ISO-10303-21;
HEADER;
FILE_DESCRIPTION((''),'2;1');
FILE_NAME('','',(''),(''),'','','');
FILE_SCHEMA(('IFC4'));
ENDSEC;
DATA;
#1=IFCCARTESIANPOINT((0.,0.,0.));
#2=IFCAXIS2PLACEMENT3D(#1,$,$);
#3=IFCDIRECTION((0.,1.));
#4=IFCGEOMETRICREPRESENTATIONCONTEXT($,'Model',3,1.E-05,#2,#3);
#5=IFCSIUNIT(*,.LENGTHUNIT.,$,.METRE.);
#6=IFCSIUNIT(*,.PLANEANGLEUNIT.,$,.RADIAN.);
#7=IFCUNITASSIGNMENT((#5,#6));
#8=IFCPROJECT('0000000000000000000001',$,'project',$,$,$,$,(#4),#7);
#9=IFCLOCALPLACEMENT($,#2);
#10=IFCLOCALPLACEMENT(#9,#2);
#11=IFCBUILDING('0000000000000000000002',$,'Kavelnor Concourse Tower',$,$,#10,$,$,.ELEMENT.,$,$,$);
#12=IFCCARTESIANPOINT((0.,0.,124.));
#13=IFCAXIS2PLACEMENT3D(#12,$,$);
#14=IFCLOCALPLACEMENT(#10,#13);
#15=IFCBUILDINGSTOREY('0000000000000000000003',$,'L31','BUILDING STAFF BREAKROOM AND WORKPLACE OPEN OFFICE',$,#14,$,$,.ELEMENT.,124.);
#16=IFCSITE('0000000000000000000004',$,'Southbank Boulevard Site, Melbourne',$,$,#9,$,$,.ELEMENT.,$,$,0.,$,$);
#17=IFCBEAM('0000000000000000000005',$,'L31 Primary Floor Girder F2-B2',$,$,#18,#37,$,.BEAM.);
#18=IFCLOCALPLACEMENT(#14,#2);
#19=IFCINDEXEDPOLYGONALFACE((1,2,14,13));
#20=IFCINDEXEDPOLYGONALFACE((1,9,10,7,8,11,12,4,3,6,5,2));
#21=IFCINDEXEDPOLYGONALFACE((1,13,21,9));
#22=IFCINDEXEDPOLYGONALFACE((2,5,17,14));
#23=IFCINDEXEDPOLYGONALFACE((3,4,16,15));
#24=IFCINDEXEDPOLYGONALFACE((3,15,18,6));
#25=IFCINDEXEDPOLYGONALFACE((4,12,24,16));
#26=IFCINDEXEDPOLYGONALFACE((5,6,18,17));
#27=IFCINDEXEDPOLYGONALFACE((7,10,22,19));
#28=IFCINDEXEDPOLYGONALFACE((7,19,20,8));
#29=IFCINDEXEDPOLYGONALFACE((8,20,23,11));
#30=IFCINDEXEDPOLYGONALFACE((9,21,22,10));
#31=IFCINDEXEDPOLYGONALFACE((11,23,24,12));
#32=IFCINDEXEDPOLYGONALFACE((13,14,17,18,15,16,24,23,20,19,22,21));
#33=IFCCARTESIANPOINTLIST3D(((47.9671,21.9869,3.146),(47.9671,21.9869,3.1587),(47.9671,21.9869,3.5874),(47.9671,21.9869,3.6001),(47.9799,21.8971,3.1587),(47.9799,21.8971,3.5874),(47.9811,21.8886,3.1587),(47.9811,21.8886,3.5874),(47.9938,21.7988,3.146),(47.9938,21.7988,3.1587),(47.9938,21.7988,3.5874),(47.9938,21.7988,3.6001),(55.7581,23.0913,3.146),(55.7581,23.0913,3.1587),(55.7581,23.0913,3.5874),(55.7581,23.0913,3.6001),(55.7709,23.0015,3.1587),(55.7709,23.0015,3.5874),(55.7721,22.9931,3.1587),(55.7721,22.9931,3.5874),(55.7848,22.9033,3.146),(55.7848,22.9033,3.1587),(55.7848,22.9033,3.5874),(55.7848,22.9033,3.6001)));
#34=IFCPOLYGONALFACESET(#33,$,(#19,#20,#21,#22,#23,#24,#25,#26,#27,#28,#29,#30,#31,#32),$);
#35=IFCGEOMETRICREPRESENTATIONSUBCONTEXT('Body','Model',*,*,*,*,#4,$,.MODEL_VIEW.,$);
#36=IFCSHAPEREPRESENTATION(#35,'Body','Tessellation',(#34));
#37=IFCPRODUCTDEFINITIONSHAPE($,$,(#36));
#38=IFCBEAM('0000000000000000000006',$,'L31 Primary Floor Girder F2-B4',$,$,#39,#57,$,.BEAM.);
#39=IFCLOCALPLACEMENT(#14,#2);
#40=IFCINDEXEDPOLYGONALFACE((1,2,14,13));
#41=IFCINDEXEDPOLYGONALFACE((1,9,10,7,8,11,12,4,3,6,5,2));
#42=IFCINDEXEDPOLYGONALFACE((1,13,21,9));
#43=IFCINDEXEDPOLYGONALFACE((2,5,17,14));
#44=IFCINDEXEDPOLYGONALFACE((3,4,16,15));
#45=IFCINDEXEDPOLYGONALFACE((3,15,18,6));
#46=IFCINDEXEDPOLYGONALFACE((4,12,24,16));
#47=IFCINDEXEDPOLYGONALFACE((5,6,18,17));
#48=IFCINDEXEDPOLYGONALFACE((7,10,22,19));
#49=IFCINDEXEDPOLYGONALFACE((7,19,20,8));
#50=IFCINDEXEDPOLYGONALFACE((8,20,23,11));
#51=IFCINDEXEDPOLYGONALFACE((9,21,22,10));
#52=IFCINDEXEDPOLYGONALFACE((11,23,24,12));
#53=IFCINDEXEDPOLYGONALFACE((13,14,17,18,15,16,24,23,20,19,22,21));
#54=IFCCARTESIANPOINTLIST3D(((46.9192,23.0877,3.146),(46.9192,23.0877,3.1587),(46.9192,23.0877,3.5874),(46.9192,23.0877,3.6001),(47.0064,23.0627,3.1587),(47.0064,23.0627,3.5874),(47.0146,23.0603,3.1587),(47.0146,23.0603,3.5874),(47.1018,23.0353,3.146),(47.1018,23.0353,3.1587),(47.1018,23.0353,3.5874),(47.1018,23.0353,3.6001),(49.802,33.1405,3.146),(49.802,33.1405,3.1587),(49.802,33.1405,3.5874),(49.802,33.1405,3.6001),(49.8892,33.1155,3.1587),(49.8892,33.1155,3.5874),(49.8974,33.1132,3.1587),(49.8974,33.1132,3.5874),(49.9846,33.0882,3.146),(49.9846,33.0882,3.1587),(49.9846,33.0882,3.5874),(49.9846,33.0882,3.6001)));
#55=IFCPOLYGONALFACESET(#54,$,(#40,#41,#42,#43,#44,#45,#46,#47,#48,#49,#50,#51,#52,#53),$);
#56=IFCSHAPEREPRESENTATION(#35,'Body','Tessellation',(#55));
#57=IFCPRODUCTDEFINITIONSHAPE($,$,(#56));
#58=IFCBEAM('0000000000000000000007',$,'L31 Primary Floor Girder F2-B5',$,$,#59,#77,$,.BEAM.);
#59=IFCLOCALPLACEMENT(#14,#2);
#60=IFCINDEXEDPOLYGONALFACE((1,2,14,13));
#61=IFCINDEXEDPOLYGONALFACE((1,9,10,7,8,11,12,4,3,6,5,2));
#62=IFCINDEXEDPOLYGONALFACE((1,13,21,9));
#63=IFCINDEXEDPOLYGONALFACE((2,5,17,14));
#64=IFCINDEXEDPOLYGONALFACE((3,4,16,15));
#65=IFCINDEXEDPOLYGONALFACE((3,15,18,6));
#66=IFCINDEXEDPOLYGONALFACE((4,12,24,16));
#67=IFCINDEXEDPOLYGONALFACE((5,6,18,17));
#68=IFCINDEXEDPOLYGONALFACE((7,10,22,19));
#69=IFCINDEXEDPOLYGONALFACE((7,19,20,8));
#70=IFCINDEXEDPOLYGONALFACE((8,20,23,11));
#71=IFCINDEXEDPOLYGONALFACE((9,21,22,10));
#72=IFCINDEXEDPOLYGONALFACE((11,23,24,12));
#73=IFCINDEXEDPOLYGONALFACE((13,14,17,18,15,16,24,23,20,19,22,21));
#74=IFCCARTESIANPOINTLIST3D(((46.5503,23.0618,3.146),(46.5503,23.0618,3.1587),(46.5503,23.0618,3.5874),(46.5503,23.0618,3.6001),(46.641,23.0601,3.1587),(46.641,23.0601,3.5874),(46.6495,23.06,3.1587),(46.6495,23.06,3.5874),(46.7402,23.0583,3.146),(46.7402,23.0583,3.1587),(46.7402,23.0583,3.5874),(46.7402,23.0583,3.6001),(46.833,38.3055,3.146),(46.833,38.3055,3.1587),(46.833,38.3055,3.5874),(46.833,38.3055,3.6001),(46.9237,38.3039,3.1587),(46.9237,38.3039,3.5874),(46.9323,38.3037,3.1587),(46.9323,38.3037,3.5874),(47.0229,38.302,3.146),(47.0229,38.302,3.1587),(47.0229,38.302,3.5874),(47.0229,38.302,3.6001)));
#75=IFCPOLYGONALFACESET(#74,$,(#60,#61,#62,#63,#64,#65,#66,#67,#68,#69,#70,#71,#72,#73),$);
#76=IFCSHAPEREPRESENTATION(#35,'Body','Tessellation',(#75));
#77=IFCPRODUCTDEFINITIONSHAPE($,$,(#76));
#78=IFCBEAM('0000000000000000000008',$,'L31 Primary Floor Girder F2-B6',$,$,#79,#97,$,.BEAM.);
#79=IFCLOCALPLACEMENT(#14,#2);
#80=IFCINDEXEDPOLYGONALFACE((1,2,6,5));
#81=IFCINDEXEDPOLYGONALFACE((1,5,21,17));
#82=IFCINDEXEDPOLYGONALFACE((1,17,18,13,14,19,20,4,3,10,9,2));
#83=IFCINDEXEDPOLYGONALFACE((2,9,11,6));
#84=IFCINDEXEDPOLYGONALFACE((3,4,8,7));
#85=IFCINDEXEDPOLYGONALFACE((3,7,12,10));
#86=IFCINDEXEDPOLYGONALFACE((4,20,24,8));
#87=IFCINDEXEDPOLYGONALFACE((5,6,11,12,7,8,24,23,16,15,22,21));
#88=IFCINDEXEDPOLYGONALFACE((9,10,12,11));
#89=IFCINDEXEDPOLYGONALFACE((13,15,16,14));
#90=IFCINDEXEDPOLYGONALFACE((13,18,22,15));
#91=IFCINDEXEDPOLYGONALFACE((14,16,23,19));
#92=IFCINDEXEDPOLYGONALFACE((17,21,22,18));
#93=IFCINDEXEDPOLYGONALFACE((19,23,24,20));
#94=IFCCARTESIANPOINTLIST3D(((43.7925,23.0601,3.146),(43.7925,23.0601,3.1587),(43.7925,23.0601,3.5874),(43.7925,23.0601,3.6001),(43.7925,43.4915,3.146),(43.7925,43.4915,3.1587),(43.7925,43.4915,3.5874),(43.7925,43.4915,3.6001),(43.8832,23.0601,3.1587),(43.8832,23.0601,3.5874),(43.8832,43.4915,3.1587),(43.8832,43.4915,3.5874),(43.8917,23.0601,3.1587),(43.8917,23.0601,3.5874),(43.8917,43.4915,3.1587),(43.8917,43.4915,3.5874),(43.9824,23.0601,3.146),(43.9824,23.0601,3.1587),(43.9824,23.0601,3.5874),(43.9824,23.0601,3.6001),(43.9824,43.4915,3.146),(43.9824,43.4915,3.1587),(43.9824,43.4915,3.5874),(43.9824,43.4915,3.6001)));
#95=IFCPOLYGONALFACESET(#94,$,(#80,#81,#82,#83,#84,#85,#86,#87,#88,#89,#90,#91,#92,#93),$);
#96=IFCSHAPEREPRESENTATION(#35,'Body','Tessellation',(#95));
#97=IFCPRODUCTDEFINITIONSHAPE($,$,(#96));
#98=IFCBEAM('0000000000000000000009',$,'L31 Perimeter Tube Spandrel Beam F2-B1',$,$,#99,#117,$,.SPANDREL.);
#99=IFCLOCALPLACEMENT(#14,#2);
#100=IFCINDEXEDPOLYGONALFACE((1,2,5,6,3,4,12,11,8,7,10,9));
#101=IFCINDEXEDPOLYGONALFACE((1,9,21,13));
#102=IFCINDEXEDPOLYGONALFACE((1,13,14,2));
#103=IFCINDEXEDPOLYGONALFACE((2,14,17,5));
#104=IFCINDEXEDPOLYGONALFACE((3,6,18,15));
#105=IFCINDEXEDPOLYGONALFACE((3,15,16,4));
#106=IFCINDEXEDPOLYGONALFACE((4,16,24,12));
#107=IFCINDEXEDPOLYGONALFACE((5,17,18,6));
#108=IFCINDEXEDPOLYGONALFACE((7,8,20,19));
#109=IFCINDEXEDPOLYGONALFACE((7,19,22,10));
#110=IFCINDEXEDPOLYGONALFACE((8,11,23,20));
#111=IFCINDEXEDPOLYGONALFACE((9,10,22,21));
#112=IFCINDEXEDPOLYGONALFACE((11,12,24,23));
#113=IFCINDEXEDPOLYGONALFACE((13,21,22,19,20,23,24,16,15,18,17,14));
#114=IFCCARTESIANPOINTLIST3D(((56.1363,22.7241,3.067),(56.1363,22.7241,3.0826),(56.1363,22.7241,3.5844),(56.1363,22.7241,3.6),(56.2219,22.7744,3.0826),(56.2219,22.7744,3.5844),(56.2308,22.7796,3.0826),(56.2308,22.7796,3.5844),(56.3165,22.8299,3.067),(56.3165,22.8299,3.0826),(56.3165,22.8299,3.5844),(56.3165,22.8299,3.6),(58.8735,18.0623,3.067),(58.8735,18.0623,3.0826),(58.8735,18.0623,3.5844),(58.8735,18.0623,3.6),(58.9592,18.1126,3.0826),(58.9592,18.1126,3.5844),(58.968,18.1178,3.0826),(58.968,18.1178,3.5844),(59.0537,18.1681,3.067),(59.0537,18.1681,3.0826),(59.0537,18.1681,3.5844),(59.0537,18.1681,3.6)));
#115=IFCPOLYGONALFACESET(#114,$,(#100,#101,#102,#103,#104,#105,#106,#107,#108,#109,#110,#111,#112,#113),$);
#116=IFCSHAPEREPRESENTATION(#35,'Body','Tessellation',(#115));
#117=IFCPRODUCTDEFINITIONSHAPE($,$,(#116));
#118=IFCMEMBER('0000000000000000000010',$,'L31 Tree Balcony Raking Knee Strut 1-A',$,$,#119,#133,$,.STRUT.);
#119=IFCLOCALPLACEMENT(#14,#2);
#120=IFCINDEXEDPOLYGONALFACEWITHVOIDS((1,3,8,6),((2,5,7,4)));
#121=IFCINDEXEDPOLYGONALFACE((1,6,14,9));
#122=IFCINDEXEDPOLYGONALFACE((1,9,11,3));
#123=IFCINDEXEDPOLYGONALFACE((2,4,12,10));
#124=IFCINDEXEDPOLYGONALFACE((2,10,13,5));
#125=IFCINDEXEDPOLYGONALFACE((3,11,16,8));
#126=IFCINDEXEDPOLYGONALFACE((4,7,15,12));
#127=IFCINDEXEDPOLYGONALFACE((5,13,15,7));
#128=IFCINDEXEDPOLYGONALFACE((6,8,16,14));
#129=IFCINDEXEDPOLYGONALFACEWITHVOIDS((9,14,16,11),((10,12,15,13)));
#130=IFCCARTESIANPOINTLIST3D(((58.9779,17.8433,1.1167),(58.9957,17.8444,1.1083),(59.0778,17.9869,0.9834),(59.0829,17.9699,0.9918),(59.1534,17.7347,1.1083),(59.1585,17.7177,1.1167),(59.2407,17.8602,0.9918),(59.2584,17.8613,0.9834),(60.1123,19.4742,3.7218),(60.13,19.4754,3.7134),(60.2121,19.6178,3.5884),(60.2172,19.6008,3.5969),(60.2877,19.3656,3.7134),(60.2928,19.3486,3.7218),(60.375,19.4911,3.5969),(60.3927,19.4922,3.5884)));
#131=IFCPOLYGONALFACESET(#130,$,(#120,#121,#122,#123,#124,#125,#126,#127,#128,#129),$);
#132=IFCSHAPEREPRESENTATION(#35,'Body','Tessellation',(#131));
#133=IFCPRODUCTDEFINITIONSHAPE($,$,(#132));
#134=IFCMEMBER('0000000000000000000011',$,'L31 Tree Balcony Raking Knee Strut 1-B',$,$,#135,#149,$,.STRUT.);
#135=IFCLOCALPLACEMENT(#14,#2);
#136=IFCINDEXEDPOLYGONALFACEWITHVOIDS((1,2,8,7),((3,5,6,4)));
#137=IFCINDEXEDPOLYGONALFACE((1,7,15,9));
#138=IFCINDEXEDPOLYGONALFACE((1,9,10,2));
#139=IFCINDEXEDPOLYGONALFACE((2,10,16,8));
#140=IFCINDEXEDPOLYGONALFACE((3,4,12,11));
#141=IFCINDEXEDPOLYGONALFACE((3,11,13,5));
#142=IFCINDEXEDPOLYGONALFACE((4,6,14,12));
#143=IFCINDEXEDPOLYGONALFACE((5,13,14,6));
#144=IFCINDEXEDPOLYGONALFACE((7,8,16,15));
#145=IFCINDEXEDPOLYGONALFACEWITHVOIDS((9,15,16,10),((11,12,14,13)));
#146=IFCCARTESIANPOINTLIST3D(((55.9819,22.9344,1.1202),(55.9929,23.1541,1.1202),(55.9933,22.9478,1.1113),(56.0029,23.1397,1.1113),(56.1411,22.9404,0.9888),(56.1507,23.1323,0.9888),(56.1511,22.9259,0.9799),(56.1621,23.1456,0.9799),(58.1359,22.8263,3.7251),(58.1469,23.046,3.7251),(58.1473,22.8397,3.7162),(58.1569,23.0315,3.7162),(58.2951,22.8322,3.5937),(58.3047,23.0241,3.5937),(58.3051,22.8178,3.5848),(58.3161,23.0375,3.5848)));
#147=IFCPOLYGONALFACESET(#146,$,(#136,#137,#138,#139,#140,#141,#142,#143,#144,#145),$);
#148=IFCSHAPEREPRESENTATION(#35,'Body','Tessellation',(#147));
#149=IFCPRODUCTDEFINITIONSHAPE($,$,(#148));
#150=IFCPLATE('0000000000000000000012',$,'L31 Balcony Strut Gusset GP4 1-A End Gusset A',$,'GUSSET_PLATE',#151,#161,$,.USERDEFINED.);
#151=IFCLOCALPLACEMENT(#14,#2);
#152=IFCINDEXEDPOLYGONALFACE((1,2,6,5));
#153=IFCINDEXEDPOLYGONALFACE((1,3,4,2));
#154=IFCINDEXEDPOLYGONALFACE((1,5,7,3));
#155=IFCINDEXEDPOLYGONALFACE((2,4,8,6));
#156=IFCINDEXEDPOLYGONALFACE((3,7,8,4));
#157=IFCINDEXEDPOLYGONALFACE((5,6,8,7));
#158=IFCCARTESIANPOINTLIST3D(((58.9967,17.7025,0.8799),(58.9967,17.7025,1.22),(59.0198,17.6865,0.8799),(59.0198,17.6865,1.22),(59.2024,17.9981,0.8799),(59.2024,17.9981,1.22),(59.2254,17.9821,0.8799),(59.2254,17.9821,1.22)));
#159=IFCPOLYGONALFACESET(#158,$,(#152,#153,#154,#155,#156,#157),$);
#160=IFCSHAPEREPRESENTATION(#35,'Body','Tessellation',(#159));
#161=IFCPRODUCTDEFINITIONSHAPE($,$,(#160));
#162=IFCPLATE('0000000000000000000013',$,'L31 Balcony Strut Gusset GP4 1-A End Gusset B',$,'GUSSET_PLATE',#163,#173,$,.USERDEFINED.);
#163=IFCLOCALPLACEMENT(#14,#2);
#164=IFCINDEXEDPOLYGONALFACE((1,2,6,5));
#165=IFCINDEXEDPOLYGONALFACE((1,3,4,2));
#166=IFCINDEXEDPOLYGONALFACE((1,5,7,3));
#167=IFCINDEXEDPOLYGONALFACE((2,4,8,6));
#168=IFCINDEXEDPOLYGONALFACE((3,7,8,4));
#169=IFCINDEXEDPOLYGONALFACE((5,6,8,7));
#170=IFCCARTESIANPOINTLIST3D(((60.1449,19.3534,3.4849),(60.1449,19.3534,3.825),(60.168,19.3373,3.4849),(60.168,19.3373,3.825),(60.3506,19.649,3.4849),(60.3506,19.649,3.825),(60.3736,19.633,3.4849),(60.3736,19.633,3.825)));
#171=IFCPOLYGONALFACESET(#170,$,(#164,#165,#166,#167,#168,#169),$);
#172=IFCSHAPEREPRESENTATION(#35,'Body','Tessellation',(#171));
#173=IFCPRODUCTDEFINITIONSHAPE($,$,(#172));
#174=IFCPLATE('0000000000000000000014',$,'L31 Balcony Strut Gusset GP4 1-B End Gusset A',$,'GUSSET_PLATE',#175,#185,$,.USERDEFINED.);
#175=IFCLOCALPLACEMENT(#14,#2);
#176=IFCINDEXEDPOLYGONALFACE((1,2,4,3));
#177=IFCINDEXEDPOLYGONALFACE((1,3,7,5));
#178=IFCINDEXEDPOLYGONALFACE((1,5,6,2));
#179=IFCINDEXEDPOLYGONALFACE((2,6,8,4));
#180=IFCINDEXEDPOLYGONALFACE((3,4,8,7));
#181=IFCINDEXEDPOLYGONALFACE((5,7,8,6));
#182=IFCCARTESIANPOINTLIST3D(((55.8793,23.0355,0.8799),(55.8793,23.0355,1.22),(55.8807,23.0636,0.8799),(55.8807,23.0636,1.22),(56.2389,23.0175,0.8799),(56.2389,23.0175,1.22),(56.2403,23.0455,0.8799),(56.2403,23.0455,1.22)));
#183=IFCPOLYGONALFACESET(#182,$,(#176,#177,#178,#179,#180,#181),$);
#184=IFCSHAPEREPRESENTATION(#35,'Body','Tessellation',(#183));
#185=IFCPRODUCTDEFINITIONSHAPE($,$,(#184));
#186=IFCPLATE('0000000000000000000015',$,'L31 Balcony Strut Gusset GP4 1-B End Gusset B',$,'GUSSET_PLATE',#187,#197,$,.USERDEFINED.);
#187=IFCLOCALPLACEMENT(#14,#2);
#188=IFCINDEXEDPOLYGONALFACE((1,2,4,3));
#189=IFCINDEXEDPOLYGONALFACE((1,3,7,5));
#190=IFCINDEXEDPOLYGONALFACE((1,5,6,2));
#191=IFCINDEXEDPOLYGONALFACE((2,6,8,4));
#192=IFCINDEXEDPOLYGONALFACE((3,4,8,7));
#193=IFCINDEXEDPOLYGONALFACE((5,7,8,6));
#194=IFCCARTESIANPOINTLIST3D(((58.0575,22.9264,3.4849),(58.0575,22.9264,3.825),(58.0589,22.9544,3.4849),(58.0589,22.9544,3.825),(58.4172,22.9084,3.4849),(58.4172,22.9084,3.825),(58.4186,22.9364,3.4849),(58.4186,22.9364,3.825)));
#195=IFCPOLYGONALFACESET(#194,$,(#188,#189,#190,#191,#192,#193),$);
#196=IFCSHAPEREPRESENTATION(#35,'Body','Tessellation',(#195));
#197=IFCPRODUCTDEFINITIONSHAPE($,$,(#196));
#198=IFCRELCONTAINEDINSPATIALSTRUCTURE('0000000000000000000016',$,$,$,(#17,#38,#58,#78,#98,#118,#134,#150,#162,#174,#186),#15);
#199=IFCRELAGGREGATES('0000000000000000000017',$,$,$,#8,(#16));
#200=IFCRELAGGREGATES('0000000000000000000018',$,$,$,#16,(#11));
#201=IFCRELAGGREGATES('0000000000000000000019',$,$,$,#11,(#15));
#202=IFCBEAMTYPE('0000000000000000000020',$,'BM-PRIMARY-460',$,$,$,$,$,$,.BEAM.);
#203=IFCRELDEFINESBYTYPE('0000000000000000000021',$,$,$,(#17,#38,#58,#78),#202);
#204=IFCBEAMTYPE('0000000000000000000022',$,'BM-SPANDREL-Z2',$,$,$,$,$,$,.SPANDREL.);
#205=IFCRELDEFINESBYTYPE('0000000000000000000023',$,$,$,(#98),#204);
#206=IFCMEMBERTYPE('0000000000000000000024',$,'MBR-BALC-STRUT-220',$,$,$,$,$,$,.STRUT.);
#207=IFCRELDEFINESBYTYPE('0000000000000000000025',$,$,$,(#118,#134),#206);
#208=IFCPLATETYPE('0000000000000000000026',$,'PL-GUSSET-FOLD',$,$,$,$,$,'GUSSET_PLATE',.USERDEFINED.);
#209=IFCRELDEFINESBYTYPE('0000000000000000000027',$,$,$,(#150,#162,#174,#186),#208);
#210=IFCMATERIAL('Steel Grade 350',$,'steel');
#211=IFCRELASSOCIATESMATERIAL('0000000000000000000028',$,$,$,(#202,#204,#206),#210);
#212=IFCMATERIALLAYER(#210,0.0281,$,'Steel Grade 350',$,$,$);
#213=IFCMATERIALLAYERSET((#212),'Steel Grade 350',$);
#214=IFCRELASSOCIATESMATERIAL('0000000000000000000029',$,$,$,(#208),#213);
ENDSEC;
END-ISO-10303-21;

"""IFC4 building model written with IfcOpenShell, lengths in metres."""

from ifc_helpers import new_model, si_unit, direction, frame, origin, origin_2d, place, context, subcontext, project, spatial, rectangle, hollow_rectangle, i_section, extrude, material, layer, layer_set, material_profile, profile_set, type_object, element, save


model = new_model("IFC4")

# Units and contexts
model_context = context("Model", 3, precision=1e-05, world=origin(), true_north=direction((0.0, 1.0)))
body_context = subcontext(model_context, "Body", "Model", "MODEL_VIEW")
ifc_project = project(units=[si_unit("LENGTHUNIT", "METRE"), si_unit("PLANEANGLEUNIT", "RADIAN")], contexts=[model_context])

# Site, building, storey
site_placement = place(None, origin())
site = spatial("IfcSite", under=ifc_project, at=site_placement, Name="Southbank Boulevard Site, Melbourne", CompositionType="ELEMENT", RefElevation=0.0)
building_placement = place(site_placement, origin())
building = spatial("IfcBuilding", under=site, at=building_placement, Name="Kavelnor Concourse Tower", CompositionType="ELEMENT")
storey_placement = place(building_placement, frame((0.0, 0.0, 124.0)))
storey = spatial("IfcBuildingStorey", under=building, at=storey_placement, Name="L31", Description="BUILDING STAFF BREAKROOM AND WORKPLACE OPEN OFFICE", CompositionType="ELEMENT", Elevation=124.0)

# Shared definitions
ifc_material_1 = material(Name="Steel Grade 350", Category="steel")

# Beams
ifc_material_profile_1 = material_profile(ifc_material_1, i_section(OverallWidth=0.1899, OverallDepth=0.4541, WebThickness=0.0085, FlangeThickness=0.0127, at=origin_2d()), Name="460UB67")
ifc_profile_set_1 = profile_set([ifc_material_profile_1], Name="Steel Grade 350")
beam_type_1 = type_object("IfcBeamType", Name="BM-PRIMARY-460", PredefinedType="BEAM", material=ifc_profile_set_1)
beam_1_placement = place(storey_placement, frame((47.9805, 21.8928, 3.373), z_axis=(0.9901, 0.140361, 0.0), x_axis=(-0.140361, 0.9901, 0.0)))
element("IfcBeam", 1, at=beam_1_placement, inside=storey, type_object=beam_type_1, Name="L31 Primary Floor Girder F2-B2", PredefinedType="BEAM", context=body_context, shape_type="SweptSolid", body=[
    extrude(i_section(OverallWidth=0.1899, OverallDepth=0.4541, WebThickness=0.0085, FlangeThickness=0.0127, at=origin_2d()), origin(), (0.0, 0.0, 1.0), 7.8689),
])
beam_2_placement = place(storey_placement, frame((47.0105, 23.0615, 3.373), z_axis=(0.275658, 0.961256, 0.0), x_axis=(-0.961256, 0.275658, 0.0)))
element("IfcBeam", 2, at=beam_2_placement, inside=storey, type_object=beam_type_1, Name="L31 Primary Floor Girder F2-B4", PredefinedType="BEAM", context=body_context, shape_type="SweptSolid", body=[
    extrude(i_section(OverallWidth=0.1899, OverallDepth=0.4541, WebThickness=0.0085, FlangeThickness=0.0127, at=origin_2d()), origin(), (0.0, 0.0, 1.0), 10.458),
])
beam_3_placement = place(storey_placement, frame((46.6453, 23.0601, 3.373), z_axis=(0.018543, 0.999828, 0.0), x_axis=(-0.999828, 0.018543, 0.0)))
element("IfcBeam", 3, at=beam_3_placement, inside=storey, type_object=beam_type_1, Name="L31 Primary Floor Girder F2-B5", PredefinedType="BEAM", context=body_context, shape_type="SweptSolid", body=[
    extrude(i_section(OverallWidth=0.1899, OverallDepth=0.4541, WebThickness=0.0085, FlangeThickness=0.0127, at=origin_2d()), origin(), (0.0, 0.0, 1.0), 15.2463),
])
beam_4_placement = place(storey_placement, frame((43.8875, 23.0601, 3.373), z_axis=(0.0, 1.0, 0.0), x_axis=(-1.0, 0.0, 0.0)))
element("IfcBeam", 4, at=beam_4_placement, inside=storey, type_object=beam_type_1, Name="L31 Primary Floor Girder F2-B6", PredefinedType="BEAM", context=body_context, shape_type="SweptSolid", body=[
    extrude(i_section(OverallWidth=0.1899, OverallDepth=0.4541, WebThickness=0.0085, FlangeThickness=0.0127, at=origin_2d()), origin(), (0.0, 0.0, 1.0), 20.4314),
])
ifc_material_profile_2 = material_profile(ifc_material_1, i_section(OverallWidth=0.209, OverallDepth=0.533, WebThickness=0.0103, FlangeThickness=0.0156, at=origin_2d()), Name="530UB92")
ifc_profile_set_2 = profile_set([ifc_material_profile_2], Name="Steel Grade 350")
beam_type_2 = type_object("IfcBeamType", Name="BM-SPANDREL-Z2", PredefinedType="SPANDREL", material=ifc_profile_set_2)
beam_5_placement = place(storey_placement, frame((58.9636, 18.1152, 3.3335), z_axis=(-0.506337, 0.862336, 0.0), x_axis=(-0.862336, -0.506337, 0.0)))
element("IfcBeam", 5, at=beam_5_placement, inside=storey, type_object=beam_type_2, Name="L31 Perimeter Tube Spandrel Beam F2-B1", PredefinedType="SPANDREL", context=body_context, shape_type="SweptSolid", body=[
    extrude(i_section(OverallWidth=0.209, OverallDepth=0.533, WebThickness=0.0103, FlangeThickness=0.0156, at=origin_2d()), origin(), (0.0, 0.0, 1.0), 5.406),
])

# Members
ifc_material_profile_3 = material_profile(ifc_material_1, hollow_rectangle(XDim=0.22, YDim=0.22, WallThickness=0.0139, at=origin_2d()), Name="SHS 220x220x14")
ifc_profile_set_3 = profile_set([ifc_material_profile_3], Name="Steel Grade 350")
member_type = type_object("IfcMemberType", Name="MBR-BALC-STRUT-220", PredefinedType="STRUT", material=ifc_profile_set_3)
member_1_placement = place(storey_placement, frame((59.1182, 17.8523, 1.05), z_axis=(0.346238, 0.49782, 0.79517), x_axis=(-0.82096, 0.570985, 0.0)))
element("IfcMember", 6, at=member_1_placement, inside=storey, type_object=member_type, Name="L31 Tree Balcony Raking Knee Strut 1-A", PredefinedType="STRUT", context=body_context, shape_type="SweptSolid", body=[
    extrude(hollow_rectangle(XDim=0.22, YDim=0.22, WallThickness=0.0139, at=origin_2d()), origin(), (0.0, 0.0, 1.0), 3.2761),
])
member_2_placement = place(storey_placement, frame((56.072, 23.04, 1.05), z_axis=(0.636927, -0.03198, 0.770261), x_axis=(0.050147, 0.998742, 0.0)))
element("IfcMember", 7, at=member_2_placement, inside=storey, type_object=member_type, Name="L31 Tree Balcony Raking Knee Strut 1-B", PredefinedType="STRUT", context=body_context, shape_type="SweptSolid", body=[
    extrude(hollow_rectangle(XDim=0.22, YDim=0.22, WallThickness=0.0139, at=origin_2d()), origin(), (0.0, 0.0, 1.0), 3.3818),
])

# Plates
ifc_layer_1 = layer(ifc_material_1, 0.0281, Name="Steel Grade 350")
ifc_layer_set_1 = layer_set([ifc_layer_1], Name="Steel Grade 350")
plate_type_1 = type_object("IfcPlateType", Name="PL-GUSSET-FOLD", ElementType="GUSSET_PLATE", PredefinedType="USERDEFINED", material=ifc_layer_set_1)
for number, where, z_axis, x_axis, name in (
    (8, (59.1111, 17.8423, 0.8799), (0.0, 0.0, 1.0), (0.571, 0.82095, 0.0), "L31 Balcony Strut Gusset GP4 1-A End Gusset A"),
    (9, (60.2593, 19.4932, 3.4849), (0.0, 0.0, 1.0), (0.571, 0.82095, 0.0), "L31 Balcony Strut Gusset GP4 1-A End Gusset B"),
    (10, (56.0598, 23.0405, 0.8799), (0.0, 0.0, 1.0), (0.998746, -0.05007, 0.0), "L31 Balcony Strut Gusset GP4 1-B End Gusset A"),
    (11, (58.238, 22.9314, 3.4849), (0.0, 0.0, 1.0), (0.998746, -0.05007, 0.0), "L31 Balcony Strut Gusset GP4 1-B End Gusset B"),
):
    element("IfcPlate", number, at=place(storey_placement, frame(where, z_axis=z_axis, x_axis=x_axis)), inside=storey, type_object=plate_type_1, Name=name, ObjectType="GUSSET_PLATE", PredefinedType="USERDEFINED", context=body_context, shape_type="SweptSolid", body=[
        extrude(rectangle(XDim=0.3601, YDim=0.0281, at=origin_2d()), origin(), (0.0, 0.0, 1.0), 0.3401),
    ])

save(model, "model.ifc")
